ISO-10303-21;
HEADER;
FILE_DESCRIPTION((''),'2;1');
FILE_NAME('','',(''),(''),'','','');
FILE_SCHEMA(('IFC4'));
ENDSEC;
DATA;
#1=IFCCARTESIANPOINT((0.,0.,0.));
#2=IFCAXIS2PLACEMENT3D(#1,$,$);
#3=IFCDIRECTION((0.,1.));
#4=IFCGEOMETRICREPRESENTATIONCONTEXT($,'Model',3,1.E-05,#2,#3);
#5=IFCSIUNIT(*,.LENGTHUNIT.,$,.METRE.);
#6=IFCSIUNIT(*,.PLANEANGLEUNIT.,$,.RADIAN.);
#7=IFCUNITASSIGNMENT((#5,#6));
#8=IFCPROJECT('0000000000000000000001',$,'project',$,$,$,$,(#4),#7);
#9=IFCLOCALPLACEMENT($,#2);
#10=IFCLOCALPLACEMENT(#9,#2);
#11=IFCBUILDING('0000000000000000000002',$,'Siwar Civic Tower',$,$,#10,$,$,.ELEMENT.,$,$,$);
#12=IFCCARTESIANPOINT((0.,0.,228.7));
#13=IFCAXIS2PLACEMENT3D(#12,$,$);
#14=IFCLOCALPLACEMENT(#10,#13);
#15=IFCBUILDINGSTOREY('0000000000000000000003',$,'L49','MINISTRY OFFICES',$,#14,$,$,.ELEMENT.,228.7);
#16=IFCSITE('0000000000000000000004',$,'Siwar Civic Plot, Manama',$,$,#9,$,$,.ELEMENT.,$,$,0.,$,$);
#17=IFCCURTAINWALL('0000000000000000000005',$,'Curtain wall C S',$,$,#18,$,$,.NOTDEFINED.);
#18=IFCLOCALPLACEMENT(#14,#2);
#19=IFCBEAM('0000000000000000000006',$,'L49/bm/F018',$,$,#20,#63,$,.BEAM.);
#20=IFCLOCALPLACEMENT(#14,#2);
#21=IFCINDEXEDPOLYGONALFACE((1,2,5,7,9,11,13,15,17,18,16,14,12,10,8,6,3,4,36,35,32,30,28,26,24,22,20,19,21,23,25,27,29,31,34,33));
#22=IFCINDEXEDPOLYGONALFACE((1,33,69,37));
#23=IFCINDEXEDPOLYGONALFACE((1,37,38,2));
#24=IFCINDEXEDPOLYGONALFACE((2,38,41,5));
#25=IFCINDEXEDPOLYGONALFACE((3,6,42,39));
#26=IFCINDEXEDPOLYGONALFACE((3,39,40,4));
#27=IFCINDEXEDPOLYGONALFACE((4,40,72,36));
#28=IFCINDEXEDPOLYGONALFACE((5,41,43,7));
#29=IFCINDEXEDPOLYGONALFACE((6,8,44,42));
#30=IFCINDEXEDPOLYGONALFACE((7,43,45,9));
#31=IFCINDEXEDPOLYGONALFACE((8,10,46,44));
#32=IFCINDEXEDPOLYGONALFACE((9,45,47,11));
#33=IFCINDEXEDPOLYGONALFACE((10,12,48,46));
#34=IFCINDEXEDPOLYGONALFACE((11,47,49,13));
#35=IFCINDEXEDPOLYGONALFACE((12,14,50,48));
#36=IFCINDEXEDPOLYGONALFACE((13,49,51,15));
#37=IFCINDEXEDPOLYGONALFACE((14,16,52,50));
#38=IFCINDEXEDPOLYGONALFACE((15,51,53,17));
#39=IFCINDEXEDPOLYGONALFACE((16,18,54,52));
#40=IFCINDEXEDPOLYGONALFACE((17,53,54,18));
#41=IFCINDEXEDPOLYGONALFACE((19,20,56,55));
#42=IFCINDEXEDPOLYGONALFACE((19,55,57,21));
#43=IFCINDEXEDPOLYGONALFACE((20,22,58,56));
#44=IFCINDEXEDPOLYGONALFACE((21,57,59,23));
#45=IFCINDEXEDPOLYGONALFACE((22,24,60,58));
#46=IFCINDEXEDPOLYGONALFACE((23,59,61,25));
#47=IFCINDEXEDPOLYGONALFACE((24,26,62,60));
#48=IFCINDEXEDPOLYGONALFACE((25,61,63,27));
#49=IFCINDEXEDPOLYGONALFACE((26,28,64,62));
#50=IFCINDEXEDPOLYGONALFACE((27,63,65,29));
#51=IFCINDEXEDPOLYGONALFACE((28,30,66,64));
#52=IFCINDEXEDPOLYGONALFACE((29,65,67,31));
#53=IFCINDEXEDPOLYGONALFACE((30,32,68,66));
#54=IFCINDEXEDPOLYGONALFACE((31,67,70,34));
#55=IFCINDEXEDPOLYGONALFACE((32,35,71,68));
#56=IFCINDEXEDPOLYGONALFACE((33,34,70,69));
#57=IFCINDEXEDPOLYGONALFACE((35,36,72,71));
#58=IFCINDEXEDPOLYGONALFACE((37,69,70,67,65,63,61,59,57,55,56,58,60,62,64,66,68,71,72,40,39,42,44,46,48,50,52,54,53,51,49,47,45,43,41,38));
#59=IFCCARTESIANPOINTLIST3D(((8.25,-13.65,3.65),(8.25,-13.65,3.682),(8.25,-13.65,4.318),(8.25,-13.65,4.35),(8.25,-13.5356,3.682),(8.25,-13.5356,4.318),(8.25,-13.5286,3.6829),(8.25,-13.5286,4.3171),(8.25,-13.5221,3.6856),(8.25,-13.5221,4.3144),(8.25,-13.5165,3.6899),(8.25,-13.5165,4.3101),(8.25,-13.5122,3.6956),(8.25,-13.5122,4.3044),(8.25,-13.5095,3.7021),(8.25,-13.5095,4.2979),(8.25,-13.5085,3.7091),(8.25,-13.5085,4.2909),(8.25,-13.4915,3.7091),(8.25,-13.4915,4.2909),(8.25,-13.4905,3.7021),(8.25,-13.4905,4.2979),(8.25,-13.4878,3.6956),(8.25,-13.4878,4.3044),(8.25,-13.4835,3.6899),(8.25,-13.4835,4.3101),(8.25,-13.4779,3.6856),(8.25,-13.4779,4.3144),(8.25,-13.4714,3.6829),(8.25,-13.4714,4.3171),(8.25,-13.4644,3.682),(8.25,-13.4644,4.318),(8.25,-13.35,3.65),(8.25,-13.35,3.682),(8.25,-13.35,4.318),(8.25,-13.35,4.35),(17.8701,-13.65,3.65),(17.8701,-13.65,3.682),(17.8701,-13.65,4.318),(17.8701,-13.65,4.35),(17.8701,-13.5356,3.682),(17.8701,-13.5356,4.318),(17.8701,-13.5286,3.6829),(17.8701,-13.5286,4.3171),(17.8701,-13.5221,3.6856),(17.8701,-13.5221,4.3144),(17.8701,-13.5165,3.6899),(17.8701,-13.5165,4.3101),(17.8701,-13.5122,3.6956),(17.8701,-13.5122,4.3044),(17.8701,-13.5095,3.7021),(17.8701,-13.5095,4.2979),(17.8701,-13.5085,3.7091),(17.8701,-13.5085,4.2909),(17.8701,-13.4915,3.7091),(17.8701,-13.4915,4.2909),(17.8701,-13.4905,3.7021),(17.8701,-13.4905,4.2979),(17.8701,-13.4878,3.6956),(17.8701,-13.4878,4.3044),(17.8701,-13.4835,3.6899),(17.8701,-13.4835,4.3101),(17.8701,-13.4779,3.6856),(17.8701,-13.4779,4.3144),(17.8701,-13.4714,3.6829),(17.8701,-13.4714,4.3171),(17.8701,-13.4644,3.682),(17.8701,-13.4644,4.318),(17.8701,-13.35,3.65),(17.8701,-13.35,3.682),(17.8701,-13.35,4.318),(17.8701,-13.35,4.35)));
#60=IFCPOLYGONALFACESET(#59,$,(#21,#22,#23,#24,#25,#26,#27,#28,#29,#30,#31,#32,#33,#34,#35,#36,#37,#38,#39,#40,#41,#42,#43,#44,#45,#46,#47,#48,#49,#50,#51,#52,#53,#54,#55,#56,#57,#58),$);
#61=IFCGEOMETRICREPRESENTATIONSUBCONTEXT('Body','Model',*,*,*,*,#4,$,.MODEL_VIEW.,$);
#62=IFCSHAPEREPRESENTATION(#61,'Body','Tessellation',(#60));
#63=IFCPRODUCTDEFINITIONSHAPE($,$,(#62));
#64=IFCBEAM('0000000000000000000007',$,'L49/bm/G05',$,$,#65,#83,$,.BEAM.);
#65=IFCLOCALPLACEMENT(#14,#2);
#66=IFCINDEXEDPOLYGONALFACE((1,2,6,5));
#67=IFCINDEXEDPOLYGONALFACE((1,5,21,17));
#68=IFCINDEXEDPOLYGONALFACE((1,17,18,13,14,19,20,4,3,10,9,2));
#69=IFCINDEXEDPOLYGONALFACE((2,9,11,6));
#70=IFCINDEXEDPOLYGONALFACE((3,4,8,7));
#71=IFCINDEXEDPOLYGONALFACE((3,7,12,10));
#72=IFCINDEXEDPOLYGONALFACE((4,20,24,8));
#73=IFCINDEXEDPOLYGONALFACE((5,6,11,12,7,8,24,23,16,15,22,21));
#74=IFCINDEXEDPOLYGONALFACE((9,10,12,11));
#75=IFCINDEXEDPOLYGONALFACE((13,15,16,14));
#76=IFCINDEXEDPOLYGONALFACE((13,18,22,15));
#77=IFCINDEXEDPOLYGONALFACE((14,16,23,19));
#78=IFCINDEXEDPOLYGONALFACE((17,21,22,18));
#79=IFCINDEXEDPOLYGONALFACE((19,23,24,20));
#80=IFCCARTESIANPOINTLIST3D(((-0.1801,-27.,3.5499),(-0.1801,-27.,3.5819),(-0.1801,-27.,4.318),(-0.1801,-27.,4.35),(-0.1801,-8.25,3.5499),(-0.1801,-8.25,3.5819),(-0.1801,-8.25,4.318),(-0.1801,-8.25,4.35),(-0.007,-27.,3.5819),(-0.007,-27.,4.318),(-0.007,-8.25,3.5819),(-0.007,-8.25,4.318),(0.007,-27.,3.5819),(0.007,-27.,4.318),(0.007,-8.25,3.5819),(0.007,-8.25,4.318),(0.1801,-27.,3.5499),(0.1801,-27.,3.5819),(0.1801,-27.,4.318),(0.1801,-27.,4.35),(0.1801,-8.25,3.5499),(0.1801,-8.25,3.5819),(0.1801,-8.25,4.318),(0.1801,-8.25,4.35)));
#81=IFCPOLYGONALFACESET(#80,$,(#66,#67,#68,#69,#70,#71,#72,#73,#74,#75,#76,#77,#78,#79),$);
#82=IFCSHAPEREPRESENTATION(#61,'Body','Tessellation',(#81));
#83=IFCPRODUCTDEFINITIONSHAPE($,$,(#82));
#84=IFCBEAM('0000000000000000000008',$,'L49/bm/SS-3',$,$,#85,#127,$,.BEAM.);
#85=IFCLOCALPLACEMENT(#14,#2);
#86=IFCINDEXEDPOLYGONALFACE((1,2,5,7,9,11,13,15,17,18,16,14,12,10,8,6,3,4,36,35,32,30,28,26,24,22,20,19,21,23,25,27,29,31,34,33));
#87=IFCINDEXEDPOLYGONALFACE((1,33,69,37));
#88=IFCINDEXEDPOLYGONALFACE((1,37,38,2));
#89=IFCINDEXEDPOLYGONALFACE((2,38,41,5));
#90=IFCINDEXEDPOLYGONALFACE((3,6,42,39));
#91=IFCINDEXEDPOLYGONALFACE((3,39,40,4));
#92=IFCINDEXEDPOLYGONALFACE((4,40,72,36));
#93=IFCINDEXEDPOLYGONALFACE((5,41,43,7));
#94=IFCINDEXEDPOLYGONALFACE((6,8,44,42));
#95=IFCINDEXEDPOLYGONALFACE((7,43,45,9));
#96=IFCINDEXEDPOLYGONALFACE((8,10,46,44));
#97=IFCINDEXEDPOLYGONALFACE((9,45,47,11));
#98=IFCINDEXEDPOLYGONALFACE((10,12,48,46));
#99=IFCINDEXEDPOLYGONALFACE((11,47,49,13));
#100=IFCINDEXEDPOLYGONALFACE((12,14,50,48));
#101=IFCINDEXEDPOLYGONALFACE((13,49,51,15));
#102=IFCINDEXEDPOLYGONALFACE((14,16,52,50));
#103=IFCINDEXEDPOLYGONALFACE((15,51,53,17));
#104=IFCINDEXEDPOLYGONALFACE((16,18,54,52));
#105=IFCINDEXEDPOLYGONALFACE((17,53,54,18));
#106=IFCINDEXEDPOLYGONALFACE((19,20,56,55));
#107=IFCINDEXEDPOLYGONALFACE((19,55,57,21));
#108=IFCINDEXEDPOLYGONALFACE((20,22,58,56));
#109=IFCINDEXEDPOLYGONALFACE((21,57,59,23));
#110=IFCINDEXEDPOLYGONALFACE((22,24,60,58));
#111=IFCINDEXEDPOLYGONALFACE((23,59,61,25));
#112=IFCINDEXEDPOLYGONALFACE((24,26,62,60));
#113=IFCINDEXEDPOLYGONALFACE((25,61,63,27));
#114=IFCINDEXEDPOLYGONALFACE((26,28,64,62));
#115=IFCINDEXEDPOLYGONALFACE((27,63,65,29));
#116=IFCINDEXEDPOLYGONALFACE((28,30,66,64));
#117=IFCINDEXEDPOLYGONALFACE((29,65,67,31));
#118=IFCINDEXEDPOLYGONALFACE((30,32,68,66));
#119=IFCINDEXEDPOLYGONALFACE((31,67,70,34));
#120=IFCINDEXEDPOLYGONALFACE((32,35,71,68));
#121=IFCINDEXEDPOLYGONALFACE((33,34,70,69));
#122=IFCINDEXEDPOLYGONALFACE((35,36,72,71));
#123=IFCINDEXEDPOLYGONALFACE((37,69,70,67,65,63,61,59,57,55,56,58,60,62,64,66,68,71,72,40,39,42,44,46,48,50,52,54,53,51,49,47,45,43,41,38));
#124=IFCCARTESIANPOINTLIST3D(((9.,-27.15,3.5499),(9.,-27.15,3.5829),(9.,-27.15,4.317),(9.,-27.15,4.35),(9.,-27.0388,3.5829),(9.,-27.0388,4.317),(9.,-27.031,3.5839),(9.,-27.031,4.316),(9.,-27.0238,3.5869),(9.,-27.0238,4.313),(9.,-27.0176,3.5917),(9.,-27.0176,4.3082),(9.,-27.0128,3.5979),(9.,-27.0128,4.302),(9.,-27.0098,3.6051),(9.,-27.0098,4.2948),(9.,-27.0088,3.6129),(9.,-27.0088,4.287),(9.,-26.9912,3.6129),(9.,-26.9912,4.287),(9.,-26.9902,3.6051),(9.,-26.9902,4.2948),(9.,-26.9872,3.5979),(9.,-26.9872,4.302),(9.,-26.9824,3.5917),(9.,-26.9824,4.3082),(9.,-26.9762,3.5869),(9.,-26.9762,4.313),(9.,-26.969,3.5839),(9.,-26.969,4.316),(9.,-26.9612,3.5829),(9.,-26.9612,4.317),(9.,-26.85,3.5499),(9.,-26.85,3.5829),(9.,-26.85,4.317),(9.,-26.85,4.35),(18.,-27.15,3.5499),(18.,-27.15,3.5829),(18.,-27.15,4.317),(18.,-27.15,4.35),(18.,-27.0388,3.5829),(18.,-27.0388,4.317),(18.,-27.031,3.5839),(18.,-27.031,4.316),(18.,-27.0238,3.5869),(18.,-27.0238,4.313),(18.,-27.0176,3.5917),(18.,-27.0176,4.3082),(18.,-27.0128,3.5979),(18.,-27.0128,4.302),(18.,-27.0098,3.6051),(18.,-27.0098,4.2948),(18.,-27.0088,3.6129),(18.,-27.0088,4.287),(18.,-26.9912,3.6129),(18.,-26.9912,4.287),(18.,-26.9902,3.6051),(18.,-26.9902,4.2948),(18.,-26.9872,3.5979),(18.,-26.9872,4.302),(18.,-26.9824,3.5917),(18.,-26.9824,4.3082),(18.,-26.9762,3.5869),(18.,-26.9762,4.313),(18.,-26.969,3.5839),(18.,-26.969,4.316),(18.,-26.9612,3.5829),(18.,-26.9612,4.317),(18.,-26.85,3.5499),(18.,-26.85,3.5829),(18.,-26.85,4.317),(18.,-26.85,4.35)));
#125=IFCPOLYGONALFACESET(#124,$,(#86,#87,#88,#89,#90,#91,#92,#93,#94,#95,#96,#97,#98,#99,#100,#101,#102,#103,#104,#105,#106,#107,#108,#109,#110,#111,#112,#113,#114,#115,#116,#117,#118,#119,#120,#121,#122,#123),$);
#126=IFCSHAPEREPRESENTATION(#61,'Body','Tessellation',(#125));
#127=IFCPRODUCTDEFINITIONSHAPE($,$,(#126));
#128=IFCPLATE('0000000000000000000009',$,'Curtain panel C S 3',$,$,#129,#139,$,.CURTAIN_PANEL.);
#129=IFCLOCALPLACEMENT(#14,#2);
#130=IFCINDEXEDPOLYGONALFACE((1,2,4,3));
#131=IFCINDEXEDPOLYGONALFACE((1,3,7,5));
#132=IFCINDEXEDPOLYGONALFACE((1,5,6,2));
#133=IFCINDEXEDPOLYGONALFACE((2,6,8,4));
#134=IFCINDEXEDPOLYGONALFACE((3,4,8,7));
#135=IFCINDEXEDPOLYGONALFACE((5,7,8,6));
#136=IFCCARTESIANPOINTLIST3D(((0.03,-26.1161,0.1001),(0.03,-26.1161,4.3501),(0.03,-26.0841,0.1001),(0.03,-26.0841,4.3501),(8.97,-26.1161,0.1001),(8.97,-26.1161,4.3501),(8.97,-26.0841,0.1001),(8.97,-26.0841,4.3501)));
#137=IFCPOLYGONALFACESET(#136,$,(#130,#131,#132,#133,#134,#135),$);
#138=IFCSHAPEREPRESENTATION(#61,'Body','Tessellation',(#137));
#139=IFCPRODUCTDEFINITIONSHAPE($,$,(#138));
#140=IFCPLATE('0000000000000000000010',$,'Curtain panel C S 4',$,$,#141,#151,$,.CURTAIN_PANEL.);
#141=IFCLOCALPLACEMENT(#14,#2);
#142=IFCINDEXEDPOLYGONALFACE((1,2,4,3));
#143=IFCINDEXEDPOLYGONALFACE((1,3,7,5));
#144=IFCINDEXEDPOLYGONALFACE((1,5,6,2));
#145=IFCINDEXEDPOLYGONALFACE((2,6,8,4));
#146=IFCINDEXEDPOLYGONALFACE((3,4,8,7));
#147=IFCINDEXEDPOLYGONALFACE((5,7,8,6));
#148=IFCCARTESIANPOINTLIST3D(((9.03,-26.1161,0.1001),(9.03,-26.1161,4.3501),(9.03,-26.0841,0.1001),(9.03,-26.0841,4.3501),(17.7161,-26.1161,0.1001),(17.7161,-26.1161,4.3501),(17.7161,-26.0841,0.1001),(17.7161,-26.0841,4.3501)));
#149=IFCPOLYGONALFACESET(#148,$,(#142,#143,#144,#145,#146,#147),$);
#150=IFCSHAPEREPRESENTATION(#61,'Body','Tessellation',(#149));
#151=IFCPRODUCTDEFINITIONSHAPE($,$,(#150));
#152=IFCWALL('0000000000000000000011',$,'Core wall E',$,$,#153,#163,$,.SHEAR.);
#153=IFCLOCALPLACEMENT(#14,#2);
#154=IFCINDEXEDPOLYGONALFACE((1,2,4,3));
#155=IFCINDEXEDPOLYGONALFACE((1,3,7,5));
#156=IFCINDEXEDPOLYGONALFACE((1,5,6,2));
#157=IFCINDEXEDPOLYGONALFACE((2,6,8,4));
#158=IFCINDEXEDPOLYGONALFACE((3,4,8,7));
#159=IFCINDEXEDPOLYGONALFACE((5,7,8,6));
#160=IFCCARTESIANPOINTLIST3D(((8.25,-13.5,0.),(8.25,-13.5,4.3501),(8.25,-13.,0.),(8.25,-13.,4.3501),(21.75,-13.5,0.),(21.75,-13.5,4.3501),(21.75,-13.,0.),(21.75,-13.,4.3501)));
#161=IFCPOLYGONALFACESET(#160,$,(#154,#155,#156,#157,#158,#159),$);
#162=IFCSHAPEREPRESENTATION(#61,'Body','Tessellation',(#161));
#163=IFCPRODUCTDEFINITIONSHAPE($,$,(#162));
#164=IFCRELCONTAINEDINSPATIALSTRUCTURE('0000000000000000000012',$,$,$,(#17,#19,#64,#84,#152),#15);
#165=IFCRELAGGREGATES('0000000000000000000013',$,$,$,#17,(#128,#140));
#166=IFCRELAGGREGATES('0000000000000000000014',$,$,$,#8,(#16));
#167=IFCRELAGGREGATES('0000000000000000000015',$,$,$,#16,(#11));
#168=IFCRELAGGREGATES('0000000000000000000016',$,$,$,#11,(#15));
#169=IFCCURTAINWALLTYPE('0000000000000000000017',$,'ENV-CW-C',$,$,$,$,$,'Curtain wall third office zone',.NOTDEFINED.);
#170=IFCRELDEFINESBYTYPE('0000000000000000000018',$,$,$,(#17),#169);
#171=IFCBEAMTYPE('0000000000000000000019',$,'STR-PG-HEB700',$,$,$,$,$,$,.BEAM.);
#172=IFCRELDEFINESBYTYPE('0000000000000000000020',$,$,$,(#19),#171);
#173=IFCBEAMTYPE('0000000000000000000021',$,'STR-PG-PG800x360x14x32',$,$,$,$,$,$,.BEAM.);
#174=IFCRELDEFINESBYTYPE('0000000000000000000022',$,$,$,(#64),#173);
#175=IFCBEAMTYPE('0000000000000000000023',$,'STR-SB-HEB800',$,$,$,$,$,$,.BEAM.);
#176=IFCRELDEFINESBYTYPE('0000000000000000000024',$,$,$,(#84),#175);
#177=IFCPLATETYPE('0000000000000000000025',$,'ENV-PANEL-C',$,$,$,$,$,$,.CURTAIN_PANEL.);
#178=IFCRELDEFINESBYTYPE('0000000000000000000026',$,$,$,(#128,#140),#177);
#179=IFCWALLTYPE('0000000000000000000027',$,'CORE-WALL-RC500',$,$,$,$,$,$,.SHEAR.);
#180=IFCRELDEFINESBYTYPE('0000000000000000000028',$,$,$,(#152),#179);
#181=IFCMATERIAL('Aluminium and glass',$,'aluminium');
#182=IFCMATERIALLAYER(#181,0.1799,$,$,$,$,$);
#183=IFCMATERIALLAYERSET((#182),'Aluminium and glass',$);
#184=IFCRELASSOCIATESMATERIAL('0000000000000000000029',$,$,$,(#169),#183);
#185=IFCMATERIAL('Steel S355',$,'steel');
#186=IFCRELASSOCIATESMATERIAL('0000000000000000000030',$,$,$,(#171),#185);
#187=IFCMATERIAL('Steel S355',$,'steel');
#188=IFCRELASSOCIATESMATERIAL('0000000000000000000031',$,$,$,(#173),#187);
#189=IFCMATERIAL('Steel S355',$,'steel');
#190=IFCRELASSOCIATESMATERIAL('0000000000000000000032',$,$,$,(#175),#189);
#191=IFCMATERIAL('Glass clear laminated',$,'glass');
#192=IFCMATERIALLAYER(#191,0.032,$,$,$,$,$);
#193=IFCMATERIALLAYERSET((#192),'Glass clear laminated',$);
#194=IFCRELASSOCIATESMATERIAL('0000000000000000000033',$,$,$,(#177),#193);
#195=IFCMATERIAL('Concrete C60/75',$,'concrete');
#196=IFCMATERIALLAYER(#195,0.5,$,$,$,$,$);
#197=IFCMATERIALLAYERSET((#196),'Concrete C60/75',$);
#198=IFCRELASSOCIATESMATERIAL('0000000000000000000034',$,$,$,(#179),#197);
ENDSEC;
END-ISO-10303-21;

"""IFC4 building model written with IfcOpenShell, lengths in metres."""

from ifc_helpers import new_model, si_unit, direction, frame, frame_2d, origin, origin_2d, place, context, subcontext, project, spatial, rectangle, i_section, extrude, material, layer, layer_set, material_profile, profile_set, type_object, element, aggregate, save


model = new_model("IFC4")

# Units and contexts
model_context = context("Model", 3, precision=1e-05, world=origin(), true_north=direction((0.0, 1.0)))
body_context = subcontext(model_context, "Body", "Model", "MODEL_VIEW")
ifc_project = project(units=[si_unit("LENGTHUNIT", "METRE"), si_unit("PLANEANGLEUNIT", "RADIAN")], contexts=[model_context])

# Site, building, storey
site_placement = place(None, origin())
site = spatial("IfcSite", under=ifc_project, at=site_placement, Name="Siwar Civic Plot, Manama", CompositionType="ELEMENT", RefElevation=0.0)
building_placement = place(site_placement, origin())
building = spatial("IfcBuilding", under=site, at=building_placement, Name="Siwar Civic Tower", CompositionType="ELEMENT")
storey_placement = place(building_placement, frame((0.0, 0.0, 228.7)))
storey = spatial("IfcBuildingStorey", under=building, at=storey_placement, Name="L49", Description="MINISTRY OFFICES", CompositionType="ELEMENT", Elevation=228.7)

# Curtain wall
ifc_material_1 = material(Name="Aluminium and glass", Category="aluminium")
ifc_layer_1 = layer(ifc_material_1, 0.1799)
ifc_layer_set_1 = layer_set([ifc_layer_1], Name="Aluminium and glass")
curtain_wall_type = type_object("IfcCurtainWallType", Name="ENV-CW-C", ElementType="Curtain wall third office zone", PredefinedType="NOTDEFINED", material=ifc_layer_set_1)
curtain_wall_placement = place(storey_placement, origin())
curtain_wall = element("IfcCurtainWall", 1, at=curtain_wall_placement, inside=storey, type_object=curtain_wall_type, Name="Curtain wall C S", PredefinedType="NOTDEFINED")

# Beams
ifc_material_2 = material(Name="Steel S355", Category="steel")
ifc_material_profile_1 = material_profile(ifc_material_2, i_section(OverallWidth=0.3, OverallDepth=0.7, WebThickness=0.0171, FlangeThickness=0.032, FilletRadius=0.0271, at=origin_2d()), Name="HEB700")
ifc_profile_set_1 = profile_set([ifc_material_profile_1], Name="Steel S355")
beam_type_1 = type_object("IfcBeamType", Name="STR-PG-HEB700", PredefinedType="BEAM", material=ifc_profile_set_1)
beam_1_placement = place(storey_placement, frame((8.25, -13.5, 4.0), z_axis=(1.0, 0.0, 0.0), x_axis=(0.0, 1.0, 0.0)))
element("IfcBeam", 2, at=beam_1_placement, inside=storey, type_object=beam_type_1, Name="L49/bm/F018", PredefinedType="BEAM", context=body_context, shape_type="SweptSolid", body=[
    extrude(i_section(OverallWidth=0.3, OverallDepth=0.7, WebThickness=0.0171, FlangeThickness=0.032, FilletRadius=0.0271, at=origin_2d()), origin(), (0.0, 0.0, 1.0), 9.6201),
])
ifc_material_3 = material(Name="Steel S355", Category="steel")
ifc_material_profile_2 = material_profile(ifc_material_3, i_section(OverallWidth=0.3601, OverallDepth=0.8, WebThickness=0.0139, FlangeThickness=0.032, at=origin_2d()), Name="PG800x360x14x32")
ifc_profile_set_2 = profile_set([ifc_material_profile_2], Name="Steel S355")
beam_type_2 = type_object("IfcBeamType", Name="STR-PG-PG800x360x14x32", PredefinedType="BEAM", material=ifc_profile_set_2)
beam_2_placement = place(storey_placement, frame((0.0, -27.0, 3.95), z_axis=(0.0, 1.0, 0.0), x_axis=(-1.0, 0.0, 0.0)))
element("IfcBeam", 3, at=beam_2_placement, inside=storey, type_object=beam_type_2, Name="L49/bm/G05", PredefinedType="BEAM", context=body_context, shape_type="SweptSolid", body=[
    extrude(i_section(OverallWidth=0.3601, OverallDepth=0.8, WebThickness=0.0139, FlangeThickness=0.032, at=origin_2d()), origin(), (0.0, 0.0, 1.0), 18.75),
])
ifc_material_4 = material(Name="Steel S355", Category="steel")
ifc_material_profile_3 = material_profile(ifc_material_4, i_section(OverallWidth=0.3, OverallDepth=0.8, WebThickness=0.0176, FlangeThickness=0.033, FilletRadius=0.03, at=origin_2d()), Name="HEB800")
ifc_profile_set_3 = profile_set([ifc_material_profile_3], Name="Steel S355")
beam_type_3 = type_object("IfcBeamType", Name="STR-SB-HEB800", PredefinedType="BEAM", material=ifc_profile_set_3)
beam_3_placement = place(storey_placement, frame((9.0, -27.0, 3.95), z_axis=(1.0, 0.0, 0.0), x_axis=(0.0, 1.0, 0.0)))
element("IfcBeam", 4, at=beam_3_placement, inside=storey, type_object=beam_type_3, Name="L49/bm/SS-3", PredefinedType="BEAM", context=body_context, shape_type="SweptSolid", body=[
    extrude(i_section(OverallWidth=0.3, OverallDepth=0.8, WebThickness=0.0176, FlangeThickness=0.033, FilletRadius=0.03, at=origin_2d()), origin(), (0.0, 0.0, 1.0), 9.0),
])

# Plates
ifc_material_5 = material(Name="Glass clear laminated", Category="glass")
ifc_layer_2 = layer(ifc_material_5, 0.032)
ifc_layer_set_2 = layer_set([ifc_layer_2], Name="Glass clear laminated")
plate_type = type_object("IfcPlateType", Name="ENV-PANEL-C", PredefinedType="CURTAIN_PANEL", material=ifc_layer_set_2)
plate_1_placement = place(storey_placement, frame((4.5, -26.1001, 0.1001), z_axis=(0.0, 0.0, 1.0), x_axis=(1.0, 0.0, 0.0)))
plate_1 = element("IfcPlate", 5, at=plate_1_placement, type_object=plate_type, Name="Curtain panel C S 3", PredefinedType="CURTAIN_PANEL", context=body_context, shape_type="SweptSolid", body=[
    extrude(rectangle(XDim=8.9399, YDim=0.032, at=origin_2d()), origin(), (0.0, 0.0, 1.0), 4.25),
])
plate_2_placement = place(storey_placement, frame((13.373, -26.1001, 0.1001), z_axis=(0.0, 0.0, 1.0), x_axis=(1.0, 0.0, 0.0)))
plate_2 = element("IfcPlate", 6, at=plate_2_placement, type_object=plate_type, Name="Curtain panel C S 4", PredefinedType="CURTAIN_PANEL", context=body_context, shape_type="SweptSolid", body=[
    extrude(rectangle(XDim=8.686, YDim=0.032, at=origin_2d()), origin(), (0.0, 0.0, 1.0), 4.25),
])
aggregate(curtain_wall, [plate_1, plate_2])

# Wall
ifc_material_6 = material(Name="Concrete C60/75", Category="concrete")
ifc_layer_3 = layer(ifc_material_6, 0.5)
ifc_layer_set_3 = layer_set([ifc_layer_3], Name="Concrete C60/75")
wall_type_1 = type_object("IfcWallType", Name="CORE-WALL-RC500", PredefinedType="SHEAR", material=ifc_layer_set_3)
wall_1_placement = place(storey_placement, frame((8.25, -13.25, 0.0), z_axis=(0.0, 0.0, 1.0), x_axis=(1.0, 0.0, 0.0)))
element("IfcWall", 7, at=wall_1_placement, inside=storey, type_object=wall_type_1, Name="Core wall E", PredefinedType="SHEAR", context=body_context, shape_type="SweptSolid", body=[
    extrude(rectangle(XDim=13.5, YDim=0.5, at=frame_2d((6.75, 0.0))), origin(), (0.0, 0.0, 1.0), 4.3501),
])

save(model, "model.ifc")
